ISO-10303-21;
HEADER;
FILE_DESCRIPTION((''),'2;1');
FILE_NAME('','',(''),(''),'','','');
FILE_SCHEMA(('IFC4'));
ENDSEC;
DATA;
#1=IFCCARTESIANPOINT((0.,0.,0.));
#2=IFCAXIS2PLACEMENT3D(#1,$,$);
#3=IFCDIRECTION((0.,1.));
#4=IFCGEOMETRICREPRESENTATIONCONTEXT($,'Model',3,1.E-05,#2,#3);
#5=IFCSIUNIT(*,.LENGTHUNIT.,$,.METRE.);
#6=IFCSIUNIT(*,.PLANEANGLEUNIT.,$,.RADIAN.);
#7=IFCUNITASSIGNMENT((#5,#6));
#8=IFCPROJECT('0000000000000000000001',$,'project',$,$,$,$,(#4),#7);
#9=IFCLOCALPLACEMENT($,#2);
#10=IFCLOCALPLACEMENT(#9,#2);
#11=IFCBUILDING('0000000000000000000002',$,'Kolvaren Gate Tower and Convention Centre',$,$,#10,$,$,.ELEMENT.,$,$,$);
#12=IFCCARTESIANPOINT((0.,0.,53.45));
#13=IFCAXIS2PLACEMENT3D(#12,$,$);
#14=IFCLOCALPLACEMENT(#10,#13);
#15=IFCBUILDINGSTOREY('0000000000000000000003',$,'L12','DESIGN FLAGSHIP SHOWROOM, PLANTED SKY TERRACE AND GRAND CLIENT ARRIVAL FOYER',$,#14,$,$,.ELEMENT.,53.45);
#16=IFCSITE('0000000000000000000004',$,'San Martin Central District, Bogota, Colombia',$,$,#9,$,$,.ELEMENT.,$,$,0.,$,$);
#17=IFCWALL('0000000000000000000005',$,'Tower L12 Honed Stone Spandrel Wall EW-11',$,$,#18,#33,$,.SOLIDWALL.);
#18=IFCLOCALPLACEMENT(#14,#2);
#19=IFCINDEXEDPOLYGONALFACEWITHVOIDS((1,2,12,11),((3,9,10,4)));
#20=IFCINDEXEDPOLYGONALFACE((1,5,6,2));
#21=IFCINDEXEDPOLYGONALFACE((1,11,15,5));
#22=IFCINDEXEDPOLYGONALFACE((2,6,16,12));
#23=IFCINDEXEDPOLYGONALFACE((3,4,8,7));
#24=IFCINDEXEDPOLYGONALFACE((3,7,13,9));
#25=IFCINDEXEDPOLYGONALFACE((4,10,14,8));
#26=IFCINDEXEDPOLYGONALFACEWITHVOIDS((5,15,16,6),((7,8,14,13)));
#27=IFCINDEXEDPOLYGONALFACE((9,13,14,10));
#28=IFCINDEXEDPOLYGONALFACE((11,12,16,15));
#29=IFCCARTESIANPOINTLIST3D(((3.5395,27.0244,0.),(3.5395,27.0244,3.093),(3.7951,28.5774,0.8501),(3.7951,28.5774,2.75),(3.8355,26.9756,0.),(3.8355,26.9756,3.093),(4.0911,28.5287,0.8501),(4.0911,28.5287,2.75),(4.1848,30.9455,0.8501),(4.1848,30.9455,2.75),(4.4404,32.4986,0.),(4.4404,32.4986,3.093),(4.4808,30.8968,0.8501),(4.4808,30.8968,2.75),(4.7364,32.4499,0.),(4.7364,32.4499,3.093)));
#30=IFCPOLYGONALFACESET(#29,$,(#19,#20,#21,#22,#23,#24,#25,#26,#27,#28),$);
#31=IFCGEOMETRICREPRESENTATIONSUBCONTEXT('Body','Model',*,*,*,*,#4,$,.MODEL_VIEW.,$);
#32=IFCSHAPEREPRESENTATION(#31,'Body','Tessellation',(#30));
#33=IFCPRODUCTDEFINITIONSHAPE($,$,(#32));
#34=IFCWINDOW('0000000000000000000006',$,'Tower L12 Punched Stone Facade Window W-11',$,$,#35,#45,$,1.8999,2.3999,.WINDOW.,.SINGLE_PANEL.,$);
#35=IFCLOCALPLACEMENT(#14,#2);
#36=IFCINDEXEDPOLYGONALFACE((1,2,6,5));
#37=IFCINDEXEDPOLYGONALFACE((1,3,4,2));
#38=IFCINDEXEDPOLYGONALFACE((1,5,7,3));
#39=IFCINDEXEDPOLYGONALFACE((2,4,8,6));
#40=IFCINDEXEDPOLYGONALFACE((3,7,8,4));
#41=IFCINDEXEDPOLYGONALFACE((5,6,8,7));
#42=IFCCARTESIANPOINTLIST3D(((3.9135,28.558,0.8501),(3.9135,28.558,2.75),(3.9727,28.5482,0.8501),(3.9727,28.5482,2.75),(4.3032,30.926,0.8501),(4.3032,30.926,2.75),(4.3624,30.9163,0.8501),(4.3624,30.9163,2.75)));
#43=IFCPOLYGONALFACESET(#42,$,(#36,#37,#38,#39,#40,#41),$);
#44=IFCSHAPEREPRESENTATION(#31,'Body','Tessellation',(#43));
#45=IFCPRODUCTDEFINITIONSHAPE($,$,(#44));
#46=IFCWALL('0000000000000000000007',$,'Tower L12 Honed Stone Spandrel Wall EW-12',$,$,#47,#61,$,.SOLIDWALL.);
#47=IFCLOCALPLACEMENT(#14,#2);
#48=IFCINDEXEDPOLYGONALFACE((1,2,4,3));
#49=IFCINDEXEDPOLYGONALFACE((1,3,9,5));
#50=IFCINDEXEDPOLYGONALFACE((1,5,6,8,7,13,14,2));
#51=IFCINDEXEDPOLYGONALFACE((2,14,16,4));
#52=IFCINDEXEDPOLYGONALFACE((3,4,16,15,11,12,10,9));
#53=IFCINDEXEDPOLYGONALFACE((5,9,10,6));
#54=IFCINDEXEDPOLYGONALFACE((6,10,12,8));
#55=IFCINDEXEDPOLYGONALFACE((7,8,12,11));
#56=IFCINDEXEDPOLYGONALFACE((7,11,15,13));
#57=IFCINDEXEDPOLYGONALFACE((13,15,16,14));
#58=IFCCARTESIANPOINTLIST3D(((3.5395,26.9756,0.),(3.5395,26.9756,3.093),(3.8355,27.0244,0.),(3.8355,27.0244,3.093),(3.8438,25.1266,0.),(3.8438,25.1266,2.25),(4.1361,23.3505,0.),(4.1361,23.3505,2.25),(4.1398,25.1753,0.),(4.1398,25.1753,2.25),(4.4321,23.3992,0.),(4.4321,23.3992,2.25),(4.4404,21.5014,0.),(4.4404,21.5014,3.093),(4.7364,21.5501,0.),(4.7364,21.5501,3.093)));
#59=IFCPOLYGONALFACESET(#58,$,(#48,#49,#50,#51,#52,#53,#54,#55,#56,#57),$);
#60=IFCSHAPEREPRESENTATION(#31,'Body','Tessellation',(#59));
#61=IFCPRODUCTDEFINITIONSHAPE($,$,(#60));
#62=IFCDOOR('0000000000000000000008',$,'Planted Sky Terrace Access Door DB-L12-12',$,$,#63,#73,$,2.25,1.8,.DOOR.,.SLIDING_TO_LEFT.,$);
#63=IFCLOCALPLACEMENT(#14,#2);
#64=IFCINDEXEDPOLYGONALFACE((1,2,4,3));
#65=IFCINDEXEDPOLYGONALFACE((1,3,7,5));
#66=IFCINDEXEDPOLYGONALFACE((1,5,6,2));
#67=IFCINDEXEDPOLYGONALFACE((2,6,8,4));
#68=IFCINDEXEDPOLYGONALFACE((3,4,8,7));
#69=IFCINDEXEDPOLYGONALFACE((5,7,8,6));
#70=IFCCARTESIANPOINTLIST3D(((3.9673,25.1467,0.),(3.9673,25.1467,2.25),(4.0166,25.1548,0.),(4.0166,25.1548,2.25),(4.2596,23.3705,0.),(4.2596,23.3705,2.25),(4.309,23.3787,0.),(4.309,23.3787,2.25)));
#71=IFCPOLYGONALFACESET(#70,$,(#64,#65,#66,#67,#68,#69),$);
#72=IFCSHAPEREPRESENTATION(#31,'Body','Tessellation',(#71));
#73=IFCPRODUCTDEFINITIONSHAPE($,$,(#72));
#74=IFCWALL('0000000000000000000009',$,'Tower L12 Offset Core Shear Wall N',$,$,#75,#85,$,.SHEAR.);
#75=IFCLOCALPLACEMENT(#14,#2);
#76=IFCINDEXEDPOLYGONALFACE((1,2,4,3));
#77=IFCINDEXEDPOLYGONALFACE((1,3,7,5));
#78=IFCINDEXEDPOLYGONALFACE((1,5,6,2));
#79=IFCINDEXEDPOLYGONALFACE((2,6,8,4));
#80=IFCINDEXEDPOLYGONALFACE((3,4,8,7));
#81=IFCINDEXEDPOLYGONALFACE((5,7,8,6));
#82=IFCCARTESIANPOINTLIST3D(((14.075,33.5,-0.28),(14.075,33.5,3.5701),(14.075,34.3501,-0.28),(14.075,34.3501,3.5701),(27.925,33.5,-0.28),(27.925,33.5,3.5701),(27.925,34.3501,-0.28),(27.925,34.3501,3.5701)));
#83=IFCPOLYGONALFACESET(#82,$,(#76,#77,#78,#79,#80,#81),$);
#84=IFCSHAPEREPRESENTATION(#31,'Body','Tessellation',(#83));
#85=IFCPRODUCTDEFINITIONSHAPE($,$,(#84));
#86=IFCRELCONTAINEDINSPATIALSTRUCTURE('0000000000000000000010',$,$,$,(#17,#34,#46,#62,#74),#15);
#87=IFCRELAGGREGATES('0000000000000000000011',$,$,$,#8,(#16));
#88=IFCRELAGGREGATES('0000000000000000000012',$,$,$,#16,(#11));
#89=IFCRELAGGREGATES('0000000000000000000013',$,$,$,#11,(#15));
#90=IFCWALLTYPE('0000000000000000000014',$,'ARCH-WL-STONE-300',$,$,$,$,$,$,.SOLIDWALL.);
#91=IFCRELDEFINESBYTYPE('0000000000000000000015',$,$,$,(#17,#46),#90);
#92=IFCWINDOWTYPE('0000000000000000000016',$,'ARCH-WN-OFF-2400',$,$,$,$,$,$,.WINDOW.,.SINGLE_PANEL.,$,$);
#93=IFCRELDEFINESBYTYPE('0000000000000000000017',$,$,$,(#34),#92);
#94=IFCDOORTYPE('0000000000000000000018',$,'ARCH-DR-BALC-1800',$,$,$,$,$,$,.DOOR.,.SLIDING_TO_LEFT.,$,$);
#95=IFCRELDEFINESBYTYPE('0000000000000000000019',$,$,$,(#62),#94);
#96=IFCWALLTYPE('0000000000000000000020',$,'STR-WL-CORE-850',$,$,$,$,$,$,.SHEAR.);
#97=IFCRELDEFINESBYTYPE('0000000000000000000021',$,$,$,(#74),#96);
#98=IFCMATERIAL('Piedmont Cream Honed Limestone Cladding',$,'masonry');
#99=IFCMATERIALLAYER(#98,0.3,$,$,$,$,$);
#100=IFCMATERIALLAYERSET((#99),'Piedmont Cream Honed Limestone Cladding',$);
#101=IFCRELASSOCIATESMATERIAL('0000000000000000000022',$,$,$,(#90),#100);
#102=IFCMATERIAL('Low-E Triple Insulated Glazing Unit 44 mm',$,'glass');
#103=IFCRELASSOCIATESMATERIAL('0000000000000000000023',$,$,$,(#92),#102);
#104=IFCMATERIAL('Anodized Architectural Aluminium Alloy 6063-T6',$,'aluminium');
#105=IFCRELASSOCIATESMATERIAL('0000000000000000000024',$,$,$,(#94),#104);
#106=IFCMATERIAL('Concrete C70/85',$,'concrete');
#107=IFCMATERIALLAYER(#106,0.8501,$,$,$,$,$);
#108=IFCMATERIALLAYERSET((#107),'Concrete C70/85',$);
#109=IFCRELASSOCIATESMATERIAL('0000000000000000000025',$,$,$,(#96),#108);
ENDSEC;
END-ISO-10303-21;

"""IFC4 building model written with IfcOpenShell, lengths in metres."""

from ifc_helpers import new_model, si_unit, direction, frame, frame_2d, origin, place, context, subcontext, project, spatial, rectangle, extrude, material, layer, layer_set, type_object, element, fill, save


model = new_model("IFC4")

# Units and contexts
model_context = context("Model", 3, precision=1e-05, world=origin(), true_north=direction((0.0, 1.0)))
body_context = subcontext(model_context, "Body", "Model", "MODEL_VIEW")
ifc_project = project(units=[si_unit("LENGTHUNIT", "METRE"), si_unit("PLANEANGLEUNIT", "RADIAN")], contexts=[model_context])

# Site, building, storey
site_placement = place(None, origin())
site = spatial("IfcSite", under=ifc_project, at=site_placement, Name="San Martin Central District, Bogota, Colombia", CompositionType="ELEMENT", RefElevation=0.0)
building_placement = place(site_placement, origin())
building = spatial("IfcBuilding", under=site, at=building_placement, Name="Kolvaren Gate Tower and Convention Centre", CompositionType="ELEMENT")
storey_placement = place(building_placement, frame((0.0, 0.0, 53.45)))
storey = spatial("IfcBuildingStorey", under=building, at=storey_placement, Name="L12", Description="DESIGN FLAGSHIP SHOWROOM, PLANTED SKY TERRACE AND GRAND CLIENT ARRIVAL FOYER", CompositionType="ELEMENT", Elevation=53.45)

# Shared definitions
ifc_material_1 = material(Name="Concrete C70/85", Category="concrete")

# Shared definitions
ifc_material_2 = material(Name="Anodized Architectural Aluminium Alloy 6063-T6", Category="aluminium")

# Shared definitions
ifc_material_3 = material(Name="Low-E Triple Insulated Glazing Unit 44 mm", Category="glass")

# Shared definitions
ifc_material_4 = material(Name="Piedmont Cream Honed Limestone Cladding", Category="masonry")

# Wall, opening, window
ifc_layer_1 = layer(ifc_material_4, 0.3)
ifc_layer_set_1 = layer_set([ifc_layer_1], Name="Piedmont Cream Honed Limestone Cladding")
wall_type_1 = type_object("IfcWallType", Name="ARCH-WL-STONE-300", PredefinedType="SOLIDWALL", material=ifc_layer_set_1)
window_type = type_object("IfcWindowType", Name="ARCH-WN-OFF-2400", PartitioningType="SINGLE_PANEL", PredefinedType="WINDOW", material=ifc_material_3)
wall_1_placement = place(storey_placement, frame((3.6875, 27.0, 0.0), z_axis=(0.0, 0.0, 1.0), x_axis=(0.162386, 0.986727, 0.0)))
wall_1 = element("IfcWall", 1, at=wall_1_placement, inside=storey, type_object=wall_type_1, Name="Tower L12 Honed Stone Spandrel Wall EW-11", PredefinedType="SOLIDWALL", context=body_context, shape_type="SweptSolid", body=[
    extrude(rectangle(XDim=5.5479, YDim=0.3, at=frame_2d((2.7739, 0.0))), origin(), (0.0, 0.0, 1.0), 3.093),
])
opening_1_placement = place(wall_1_placement, frame((1.574, 0.0, 0.8501)))
opening_1 = element("IfcOpeningElement", 2, at=opening_1_placement, cuts=wall_1, PredefinedType="OPENING", context=body_context, shape_type="SweptSolid", body=[
    extrude(rectangle(XDim=2.3999, YDim=1.8999, at=frame_2d((1.2, 0.95))), frame((0.0, 0.1599, 0.0), z_axis=(0.0, -1.0, 0.0), x_axis=(1.0, 0.0, 0.0)), (0.0, 0.0, 1.0), 0.3201),
])
window_1_placement = place(opening_1_placement, origin())
window_1 = element("IfcWindow", 3, at=window_1_placement, inside=storey, type_object=window_type, Name="Tower L12 Punched Stone Facade Window W-11", OverallHeight=1.8999, OverallWidth=2.3999, PartitioningType="SINGLE_PANEL", PredefinedType="WINDOW", context=body_context, shape_type="SweptSolid", body=[
    extrude(rectangle(XDim=2.3999, YDim=1.8999, at=frame_2d((1.2, 0.95))), frame((0.0, 0.03, 0.0), z_axis=(0.0, -1.0, 0.0), x_axis=(1.0, 0.0, 0.0)), (0.0, 0.0, 1.0), 0.0601),
])
fill(opening_1, window_1)

# Wall, opening, door
wall_2_placement = place(storey_placement, frame((3.6875, 27.0, 0.0), z_axis=(0.0, 0.0, 1.0), x_axis=(0.162386, -0.986727, 0.0)))
wall_2 = element("IfcWall", 4, at=wall_2_placement, inside=storey, type_object=wall_type_1, Name="Tower L12 Honed Stone Spandrel Wall EW-12", PredefinedType="SOLIDWALL", context=body_context, shape_type="SweptSolid", body=[
    extrude(rectangle(XDim=5.5479, YDim=0.3, at=frame_2d((2.7739, 0.0))), origin(), (0.0, 0.0, 1.0), 3.093),
])
opening_2_placement = place(wall_2_placement, frame((1.874, 0.0, 0.0)))
opening_2 = element("IfcOpeningElement", 5, at=opening_2_placement, cuts=wall_2, PredefinedType="OPENING", context=body_context, shape_type="SweptSolid", body=[
    extrude(rectangle(XDim=1.8, YDim=2.25, at=frame_2d((0.8999, 1.125))), frame((0.0, 0.1599, 0.0), z_axis=(0.0, -1.0, 0.0), x_axis=(1.0, 0.0, 0.0)), (0.0, 0.0, 1.0), 0.3201),
])
door_type = type_object("IfcDoorType", Name="ARCH-DR-BALC-1800", OperationType="SLIDING_TO_LEFT", PredefinedType="DOOR", material=ifc_material_2)
door_placement = place(opening_2_placement, frame((1.8, 0.0, 0.0), z_axis=(0.0, 0.0, 1.0), x_axis=(-1.0, 0.0, 0.0)))
door = element("IfcDoor", 6, at=door_placement, inside=storey, type_object=door_type, Name="Planted Sky Terrace Access Door DB-L12-12", OperationType="SLIDING_TO_LEFT", OverallHeight=2.25, OverallWidth=1.8, PredefinedType="DOOR", context=body_context, shape_type="SweptSolid", body=[
    extrude(rectangle(XDim=1.8, YDim=2.25, at=frame_2d((0.8999, 1.125))), frame((0.0, 0.0249, 0.0), z_axis=(0.0, -1.0, 0.0), x_axis=(1.0, 0.0, 0.0)), (0.0, 0.0, 1.0), 0.05),
])
fill(opening_2, door)

# Wall
ifc_layer_2 = layer(ifc_material_1, 0.8501)
ifc_layer_set_2 = layer_set([ifc_layer_2], Name="Concrete C70/85")
wall_type_2 = type_object("IfcWallType", Name="STR-WL-CORE-850", PredefinedType="SHEAR", material=ifc_layer_set_2)
wall_3_placement = place(storey_placement, frame((14.075, 33.925, -0.28), z_axis=(0.0, 0.0, 1.0), x_axis=(1.0, 0.0, 0.0)))
element("IfcWall", 7, at=wall_3_placement, inside=storey, type_object=wall_type_2, Name="Tower L12 Offset Core Shear Wall N", PredefinedType="SHEAR", context=body_context, shape_type="SweptSolid", body=[
    extrude(rectangle(XDim=13.8501, YDim=0.8501, at=frame_2d((6.925, 0.0))), origin(), (0.0, 0.0, 1.0), 3.8501),
])

save(model, "model.ifc")
